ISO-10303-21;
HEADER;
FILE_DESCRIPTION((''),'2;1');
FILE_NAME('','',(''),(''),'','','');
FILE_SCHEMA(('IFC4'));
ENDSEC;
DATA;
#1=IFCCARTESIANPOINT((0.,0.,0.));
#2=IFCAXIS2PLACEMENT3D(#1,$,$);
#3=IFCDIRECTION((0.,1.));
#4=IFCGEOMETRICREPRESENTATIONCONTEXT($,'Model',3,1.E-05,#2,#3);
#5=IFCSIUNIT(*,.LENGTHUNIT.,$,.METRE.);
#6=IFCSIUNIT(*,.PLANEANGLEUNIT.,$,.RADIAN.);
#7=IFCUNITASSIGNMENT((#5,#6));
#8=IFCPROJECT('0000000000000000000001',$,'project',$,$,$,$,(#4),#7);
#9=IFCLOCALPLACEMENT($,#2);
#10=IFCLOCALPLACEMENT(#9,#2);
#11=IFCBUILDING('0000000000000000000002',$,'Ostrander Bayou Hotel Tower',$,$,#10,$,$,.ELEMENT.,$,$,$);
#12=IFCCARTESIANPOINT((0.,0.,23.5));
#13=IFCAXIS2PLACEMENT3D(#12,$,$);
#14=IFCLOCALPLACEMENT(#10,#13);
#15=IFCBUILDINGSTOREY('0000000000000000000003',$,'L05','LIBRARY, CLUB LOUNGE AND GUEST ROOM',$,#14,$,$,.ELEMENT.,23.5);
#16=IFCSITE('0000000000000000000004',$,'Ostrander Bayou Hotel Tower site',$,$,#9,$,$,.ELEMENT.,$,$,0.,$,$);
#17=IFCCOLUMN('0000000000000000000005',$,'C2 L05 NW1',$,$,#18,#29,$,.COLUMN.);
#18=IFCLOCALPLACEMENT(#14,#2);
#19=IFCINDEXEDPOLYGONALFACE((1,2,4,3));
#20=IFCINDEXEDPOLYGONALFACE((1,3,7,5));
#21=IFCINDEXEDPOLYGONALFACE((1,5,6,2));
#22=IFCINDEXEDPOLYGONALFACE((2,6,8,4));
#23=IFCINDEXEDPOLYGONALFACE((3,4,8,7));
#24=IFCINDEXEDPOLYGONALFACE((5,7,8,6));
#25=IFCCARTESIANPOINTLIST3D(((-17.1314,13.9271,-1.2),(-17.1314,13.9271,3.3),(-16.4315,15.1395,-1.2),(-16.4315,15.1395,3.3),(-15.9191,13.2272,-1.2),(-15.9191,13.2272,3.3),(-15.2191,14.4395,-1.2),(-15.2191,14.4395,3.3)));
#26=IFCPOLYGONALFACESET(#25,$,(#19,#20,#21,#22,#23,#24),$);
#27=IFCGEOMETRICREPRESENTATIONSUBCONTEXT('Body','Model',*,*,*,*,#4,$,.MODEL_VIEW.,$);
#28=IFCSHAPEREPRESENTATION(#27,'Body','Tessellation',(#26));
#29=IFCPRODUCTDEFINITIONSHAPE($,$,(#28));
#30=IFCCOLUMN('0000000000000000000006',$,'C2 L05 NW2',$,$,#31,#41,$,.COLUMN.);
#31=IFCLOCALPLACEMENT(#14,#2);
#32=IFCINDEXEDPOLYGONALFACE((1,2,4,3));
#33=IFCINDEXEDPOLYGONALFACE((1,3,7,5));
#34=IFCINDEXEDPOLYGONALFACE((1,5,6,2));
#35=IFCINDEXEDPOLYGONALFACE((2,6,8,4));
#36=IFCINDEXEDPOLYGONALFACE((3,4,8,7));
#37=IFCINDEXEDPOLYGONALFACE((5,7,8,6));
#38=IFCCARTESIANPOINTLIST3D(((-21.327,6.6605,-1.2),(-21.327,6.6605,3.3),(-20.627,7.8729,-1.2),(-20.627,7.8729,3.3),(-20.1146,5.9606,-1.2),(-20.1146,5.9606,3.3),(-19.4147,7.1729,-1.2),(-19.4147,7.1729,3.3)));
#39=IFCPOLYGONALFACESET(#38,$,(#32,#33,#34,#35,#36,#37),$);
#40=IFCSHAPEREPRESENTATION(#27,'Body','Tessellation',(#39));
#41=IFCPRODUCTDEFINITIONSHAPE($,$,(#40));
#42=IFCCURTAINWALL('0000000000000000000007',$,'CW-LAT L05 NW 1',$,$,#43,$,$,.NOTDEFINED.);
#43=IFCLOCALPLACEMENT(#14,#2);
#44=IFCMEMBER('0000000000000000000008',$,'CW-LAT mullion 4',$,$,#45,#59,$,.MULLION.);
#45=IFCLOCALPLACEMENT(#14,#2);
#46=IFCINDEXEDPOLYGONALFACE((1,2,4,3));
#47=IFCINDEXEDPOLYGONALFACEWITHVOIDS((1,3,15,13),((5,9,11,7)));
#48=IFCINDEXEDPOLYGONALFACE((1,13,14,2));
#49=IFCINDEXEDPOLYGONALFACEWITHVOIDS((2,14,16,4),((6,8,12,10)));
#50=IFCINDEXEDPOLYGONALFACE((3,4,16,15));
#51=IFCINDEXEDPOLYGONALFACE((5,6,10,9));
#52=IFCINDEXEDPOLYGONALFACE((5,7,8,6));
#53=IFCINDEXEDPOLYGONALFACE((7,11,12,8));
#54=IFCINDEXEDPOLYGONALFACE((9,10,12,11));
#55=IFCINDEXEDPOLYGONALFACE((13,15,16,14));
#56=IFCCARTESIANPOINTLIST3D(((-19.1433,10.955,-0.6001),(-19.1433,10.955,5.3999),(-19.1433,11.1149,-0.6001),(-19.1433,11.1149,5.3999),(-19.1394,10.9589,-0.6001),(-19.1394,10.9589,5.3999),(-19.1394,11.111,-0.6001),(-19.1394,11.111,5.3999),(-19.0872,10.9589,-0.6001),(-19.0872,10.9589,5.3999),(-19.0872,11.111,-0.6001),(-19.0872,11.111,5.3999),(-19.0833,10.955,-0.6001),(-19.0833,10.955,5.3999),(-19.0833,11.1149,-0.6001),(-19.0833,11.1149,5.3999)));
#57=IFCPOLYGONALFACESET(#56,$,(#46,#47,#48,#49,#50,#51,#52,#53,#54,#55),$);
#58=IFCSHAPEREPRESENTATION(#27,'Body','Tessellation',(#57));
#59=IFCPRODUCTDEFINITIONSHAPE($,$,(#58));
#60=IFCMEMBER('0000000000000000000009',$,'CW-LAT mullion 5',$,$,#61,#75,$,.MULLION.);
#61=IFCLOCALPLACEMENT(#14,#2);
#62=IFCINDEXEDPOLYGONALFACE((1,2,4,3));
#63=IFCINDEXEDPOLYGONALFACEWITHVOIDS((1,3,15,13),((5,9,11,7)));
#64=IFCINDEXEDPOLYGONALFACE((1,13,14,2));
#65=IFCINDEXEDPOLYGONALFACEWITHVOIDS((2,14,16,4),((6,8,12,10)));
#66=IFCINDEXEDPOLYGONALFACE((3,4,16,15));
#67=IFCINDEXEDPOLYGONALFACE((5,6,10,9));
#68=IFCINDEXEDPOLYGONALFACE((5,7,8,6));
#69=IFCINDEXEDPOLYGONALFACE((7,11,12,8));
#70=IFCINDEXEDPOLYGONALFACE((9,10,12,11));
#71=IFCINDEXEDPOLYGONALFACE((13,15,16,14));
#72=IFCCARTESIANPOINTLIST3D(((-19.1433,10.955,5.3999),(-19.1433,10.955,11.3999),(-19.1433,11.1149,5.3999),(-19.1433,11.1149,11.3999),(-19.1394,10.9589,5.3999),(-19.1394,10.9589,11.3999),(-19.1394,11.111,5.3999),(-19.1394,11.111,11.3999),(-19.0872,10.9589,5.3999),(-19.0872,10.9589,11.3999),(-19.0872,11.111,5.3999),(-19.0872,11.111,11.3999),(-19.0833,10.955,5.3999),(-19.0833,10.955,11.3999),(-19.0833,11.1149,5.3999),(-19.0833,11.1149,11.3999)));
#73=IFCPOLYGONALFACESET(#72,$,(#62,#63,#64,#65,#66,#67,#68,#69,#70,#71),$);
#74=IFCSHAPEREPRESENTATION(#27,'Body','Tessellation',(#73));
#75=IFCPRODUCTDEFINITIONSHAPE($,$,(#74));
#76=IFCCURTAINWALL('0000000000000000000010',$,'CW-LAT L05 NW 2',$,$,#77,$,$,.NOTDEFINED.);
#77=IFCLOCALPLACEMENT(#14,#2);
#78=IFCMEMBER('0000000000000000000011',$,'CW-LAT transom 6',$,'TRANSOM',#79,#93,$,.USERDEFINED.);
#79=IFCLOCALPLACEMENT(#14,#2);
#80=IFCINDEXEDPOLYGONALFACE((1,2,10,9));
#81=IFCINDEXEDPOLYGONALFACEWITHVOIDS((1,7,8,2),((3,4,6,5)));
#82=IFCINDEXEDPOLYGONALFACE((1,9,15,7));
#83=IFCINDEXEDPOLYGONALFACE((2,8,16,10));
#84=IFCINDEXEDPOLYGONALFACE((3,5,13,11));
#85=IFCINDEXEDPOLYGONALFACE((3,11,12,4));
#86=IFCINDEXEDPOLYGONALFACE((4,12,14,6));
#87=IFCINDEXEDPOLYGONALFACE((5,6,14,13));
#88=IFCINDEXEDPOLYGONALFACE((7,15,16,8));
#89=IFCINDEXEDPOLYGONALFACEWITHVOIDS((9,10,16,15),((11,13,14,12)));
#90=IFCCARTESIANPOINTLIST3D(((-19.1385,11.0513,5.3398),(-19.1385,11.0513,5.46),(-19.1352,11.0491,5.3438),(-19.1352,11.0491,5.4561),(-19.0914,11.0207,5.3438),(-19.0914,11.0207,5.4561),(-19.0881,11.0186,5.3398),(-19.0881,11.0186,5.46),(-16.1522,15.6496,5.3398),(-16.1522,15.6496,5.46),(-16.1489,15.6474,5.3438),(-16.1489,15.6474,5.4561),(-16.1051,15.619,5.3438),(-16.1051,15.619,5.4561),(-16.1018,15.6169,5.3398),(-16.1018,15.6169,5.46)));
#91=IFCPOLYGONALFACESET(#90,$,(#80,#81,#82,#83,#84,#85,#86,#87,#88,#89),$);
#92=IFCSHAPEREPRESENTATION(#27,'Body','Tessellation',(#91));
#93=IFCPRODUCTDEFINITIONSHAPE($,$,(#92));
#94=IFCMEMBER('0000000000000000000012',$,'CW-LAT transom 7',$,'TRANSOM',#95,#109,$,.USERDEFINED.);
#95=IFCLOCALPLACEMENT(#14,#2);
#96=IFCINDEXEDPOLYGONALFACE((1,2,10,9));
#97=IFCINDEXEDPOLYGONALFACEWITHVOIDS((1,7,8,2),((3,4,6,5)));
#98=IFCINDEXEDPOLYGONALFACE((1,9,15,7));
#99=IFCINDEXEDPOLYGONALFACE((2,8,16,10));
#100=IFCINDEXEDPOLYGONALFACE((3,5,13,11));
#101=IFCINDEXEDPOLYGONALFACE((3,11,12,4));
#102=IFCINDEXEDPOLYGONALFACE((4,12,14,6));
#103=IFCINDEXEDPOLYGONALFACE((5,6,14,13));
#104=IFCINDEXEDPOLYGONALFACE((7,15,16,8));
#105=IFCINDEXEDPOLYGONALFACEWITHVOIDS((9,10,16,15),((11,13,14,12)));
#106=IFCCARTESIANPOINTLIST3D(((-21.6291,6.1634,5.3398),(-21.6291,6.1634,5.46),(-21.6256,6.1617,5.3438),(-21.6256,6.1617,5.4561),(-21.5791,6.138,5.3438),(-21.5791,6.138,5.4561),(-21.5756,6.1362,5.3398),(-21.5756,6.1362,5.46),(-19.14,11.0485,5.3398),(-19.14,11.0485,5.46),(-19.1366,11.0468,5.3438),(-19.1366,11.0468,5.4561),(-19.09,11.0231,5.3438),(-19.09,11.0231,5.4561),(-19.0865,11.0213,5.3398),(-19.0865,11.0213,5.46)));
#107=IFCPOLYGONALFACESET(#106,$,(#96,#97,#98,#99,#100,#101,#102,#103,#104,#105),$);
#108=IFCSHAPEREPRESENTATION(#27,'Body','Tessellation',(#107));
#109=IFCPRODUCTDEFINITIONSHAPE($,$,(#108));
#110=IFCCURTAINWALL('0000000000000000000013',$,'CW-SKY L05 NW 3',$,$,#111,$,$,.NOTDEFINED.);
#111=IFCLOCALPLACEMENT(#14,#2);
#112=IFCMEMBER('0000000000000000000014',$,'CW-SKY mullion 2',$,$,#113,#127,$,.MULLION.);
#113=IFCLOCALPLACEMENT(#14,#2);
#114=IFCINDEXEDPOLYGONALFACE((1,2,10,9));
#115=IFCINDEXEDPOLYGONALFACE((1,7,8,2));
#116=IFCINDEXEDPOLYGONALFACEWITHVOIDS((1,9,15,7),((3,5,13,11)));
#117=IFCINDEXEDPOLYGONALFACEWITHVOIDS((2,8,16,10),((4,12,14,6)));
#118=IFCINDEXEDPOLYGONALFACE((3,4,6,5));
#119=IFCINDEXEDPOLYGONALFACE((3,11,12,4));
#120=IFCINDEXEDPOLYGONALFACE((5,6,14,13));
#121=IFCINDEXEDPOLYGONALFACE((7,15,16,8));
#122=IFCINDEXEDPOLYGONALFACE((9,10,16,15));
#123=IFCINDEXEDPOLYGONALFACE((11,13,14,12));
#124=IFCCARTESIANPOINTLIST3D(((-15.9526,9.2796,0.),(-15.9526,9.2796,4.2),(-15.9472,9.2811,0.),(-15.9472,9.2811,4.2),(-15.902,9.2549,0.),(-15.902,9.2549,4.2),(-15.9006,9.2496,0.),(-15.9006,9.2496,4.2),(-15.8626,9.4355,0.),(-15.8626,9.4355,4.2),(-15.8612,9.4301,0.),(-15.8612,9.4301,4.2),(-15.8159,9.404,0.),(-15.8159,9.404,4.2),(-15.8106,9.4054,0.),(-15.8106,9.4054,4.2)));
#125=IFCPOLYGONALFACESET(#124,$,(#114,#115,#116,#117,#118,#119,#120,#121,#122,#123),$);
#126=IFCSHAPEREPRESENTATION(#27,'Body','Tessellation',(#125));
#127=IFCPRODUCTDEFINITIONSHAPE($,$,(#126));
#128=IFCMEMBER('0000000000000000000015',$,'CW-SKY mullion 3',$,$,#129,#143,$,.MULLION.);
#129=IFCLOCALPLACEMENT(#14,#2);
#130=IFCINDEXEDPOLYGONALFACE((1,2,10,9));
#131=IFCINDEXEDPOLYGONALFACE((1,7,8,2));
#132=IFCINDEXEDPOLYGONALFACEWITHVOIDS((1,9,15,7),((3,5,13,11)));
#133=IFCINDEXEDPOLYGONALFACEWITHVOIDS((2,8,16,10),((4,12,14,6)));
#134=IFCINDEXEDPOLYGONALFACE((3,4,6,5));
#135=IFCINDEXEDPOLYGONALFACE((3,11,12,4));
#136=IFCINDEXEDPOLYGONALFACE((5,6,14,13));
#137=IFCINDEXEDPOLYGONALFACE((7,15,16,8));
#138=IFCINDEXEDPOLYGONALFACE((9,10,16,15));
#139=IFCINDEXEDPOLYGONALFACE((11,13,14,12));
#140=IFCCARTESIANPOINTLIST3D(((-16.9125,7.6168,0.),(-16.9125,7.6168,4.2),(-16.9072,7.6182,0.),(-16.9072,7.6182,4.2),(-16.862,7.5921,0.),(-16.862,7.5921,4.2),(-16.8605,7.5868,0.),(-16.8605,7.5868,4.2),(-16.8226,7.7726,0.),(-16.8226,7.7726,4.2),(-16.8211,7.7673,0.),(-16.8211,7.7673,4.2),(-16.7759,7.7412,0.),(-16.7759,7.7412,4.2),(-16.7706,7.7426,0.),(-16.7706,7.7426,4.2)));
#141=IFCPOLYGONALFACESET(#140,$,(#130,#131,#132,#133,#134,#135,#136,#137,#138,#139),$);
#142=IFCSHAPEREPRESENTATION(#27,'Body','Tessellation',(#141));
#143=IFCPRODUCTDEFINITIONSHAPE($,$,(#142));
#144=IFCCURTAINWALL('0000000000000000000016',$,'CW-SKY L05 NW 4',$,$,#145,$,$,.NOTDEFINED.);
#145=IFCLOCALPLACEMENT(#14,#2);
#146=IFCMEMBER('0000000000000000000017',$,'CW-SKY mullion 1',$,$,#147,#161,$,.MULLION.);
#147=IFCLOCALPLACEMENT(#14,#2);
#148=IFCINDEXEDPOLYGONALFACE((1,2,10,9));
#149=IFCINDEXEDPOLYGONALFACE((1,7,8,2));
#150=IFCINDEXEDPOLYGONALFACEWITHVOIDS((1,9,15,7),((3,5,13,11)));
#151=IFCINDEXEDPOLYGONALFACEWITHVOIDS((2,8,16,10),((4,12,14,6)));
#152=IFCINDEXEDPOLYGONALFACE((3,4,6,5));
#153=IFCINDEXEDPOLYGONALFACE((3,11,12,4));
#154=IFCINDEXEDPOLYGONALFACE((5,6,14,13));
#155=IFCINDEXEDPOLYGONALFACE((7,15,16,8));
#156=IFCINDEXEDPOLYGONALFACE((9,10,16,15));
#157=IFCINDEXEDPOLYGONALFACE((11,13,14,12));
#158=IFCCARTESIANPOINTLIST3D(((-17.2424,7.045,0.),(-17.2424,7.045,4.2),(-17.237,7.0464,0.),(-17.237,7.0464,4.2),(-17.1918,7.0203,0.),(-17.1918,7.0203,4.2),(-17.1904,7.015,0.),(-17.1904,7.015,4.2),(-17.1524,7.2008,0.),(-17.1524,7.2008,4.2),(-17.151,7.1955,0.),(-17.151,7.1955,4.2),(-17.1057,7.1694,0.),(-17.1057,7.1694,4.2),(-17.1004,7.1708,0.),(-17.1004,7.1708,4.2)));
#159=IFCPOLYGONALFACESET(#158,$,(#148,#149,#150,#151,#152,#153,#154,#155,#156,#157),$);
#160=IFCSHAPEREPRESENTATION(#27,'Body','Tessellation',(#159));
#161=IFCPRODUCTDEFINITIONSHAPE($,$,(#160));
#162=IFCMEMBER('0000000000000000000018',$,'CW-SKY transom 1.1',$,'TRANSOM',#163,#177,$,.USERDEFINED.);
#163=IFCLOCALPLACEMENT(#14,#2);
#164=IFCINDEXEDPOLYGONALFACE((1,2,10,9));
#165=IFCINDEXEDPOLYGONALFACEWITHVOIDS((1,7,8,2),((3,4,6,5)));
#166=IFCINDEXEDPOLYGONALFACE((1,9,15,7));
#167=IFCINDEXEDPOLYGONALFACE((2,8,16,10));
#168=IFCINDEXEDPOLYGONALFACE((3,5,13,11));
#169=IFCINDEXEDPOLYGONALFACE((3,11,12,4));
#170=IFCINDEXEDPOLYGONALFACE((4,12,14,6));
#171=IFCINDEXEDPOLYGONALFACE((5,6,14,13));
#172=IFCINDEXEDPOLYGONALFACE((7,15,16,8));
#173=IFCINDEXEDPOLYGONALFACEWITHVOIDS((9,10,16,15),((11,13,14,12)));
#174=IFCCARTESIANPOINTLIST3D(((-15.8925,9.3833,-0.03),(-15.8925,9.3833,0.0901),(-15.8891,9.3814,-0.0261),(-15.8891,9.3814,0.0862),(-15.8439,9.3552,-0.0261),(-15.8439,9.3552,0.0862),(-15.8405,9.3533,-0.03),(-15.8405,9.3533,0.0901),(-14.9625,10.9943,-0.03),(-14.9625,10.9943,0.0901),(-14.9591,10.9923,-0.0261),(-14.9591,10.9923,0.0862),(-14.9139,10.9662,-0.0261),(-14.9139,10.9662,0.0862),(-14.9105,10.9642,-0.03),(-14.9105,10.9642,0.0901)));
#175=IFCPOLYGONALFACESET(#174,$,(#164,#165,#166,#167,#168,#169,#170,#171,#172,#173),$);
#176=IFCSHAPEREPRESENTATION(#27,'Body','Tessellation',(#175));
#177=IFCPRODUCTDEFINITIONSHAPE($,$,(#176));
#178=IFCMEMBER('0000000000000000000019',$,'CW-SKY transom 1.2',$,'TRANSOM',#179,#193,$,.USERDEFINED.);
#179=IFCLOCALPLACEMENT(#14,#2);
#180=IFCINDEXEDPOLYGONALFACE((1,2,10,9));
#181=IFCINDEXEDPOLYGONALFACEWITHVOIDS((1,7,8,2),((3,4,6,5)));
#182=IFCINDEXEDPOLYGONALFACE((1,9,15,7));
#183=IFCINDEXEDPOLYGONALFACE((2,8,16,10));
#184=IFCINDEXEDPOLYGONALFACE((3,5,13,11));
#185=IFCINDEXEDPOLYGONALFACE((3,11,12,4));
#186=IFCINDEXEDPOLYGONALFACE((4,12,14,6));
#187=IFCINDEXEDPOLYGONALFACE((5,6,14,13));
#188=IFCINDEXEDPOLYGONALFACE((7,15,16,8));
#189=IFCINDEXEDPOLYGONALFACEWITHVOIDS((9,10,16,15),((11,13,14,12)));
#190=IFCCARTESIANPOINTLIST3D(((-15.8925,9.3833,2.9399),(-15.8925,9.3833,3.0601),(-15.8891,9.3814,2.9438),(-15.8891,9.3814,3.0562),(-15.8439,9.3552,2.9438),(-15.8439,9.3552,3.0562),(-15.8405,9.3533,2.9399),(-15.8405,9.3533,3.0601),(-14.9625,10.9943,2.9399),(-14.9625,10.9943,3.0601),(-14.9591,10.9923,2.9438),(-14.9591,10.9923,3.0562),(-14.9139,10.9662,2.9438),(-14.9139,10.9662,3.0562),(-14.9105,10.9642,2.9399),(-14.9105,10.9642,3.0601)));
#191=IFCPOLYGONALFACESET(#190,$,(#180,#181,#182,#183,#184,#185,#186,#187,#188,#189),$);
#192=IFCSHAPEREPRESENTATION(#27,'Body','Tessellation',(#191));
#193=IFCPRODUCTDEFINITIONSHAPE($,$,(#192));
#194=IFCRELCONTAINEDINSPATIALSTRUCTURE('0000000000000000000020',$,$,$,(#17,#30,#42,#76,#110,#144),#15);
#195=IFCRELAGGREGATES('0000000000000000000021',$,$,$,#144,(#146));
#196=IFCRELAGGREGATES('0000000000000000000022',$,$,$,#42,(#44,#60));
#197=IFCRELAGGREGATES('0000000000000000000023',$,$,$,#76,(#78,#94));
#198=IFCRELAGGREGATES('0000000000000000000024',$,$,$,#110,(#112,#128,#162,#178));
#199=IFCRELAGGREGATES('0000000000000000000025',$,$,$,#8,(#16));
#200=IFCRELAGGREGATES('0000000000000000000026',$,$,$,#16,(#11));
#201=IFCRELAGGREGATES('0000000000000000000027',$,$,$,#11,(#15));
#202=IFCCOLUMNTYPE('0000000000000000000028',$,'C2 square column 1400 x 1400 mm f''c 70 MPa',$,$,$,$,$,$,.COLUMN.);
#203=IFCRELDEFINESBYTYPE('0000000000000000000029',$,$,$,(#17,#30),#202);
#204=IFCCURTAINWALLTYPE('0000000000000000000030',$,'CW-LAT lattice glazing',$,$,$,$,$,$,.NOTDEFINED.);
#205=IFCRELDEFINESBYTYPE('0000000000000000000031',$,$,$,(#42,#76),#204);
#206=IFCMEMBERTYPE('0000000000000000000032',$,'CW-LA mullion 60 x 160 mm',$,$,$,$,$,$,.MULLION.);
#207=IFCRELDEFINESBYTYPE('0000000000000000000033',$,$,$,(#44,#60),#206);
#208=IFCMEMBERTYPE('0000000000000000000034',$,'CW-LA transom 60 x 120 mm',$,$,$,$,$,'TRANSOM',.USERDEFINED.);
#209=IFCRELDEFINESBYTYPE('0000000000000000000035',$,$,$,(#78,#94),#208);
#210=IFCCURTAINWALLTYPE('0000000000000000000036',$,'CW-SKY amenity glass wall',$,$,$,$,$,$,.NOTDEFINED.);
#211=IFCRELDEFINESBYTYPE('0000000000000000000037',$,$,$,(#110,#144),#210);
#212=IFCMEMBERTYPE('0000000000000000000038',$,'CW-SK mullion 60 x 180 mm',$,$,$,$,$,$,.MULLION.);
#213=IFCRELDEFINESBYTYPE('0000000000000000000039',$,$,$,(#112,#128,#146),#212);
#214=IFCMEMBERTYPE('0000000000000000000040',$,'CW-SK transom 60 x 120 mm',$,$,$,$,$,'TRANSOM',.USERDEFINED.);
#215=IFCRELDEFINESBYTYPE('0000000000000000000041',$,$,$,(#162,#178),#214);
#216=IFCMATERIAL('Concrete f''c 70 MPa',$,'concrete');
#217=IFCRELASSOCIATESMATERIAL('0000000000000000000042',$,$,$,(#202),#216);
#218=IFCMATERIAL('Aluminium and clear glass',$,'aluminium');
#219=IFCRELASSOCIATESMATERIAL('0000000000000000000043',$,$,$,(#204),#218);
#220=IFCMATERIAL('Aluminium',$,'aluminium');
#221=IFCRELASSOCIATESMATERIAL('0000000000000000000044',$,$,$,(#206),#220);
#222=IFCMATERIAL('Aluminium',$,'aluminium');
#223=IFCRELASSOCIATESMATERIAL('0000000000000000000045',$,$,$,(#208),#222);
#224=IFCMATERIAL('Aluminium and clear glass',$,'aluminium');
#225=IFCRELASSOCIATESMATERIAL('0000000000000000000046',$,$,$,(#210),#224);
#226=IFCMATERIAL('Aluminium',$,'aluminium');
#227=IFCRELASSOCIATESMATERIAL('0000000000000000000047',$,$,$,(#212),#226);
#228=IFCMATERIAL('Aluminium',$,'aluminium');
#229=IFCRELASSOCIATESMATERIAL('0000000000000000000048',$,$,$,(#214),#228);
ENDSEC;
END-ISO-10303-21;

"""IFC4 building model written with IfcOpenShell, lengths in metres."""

from ifc_helpers import new_model, si_unit, direction, frame, origin, origin_2d, place, context, subcontext, project, spatial, rectangle, hollow_rectangle, extrude, material, material_profile, profile_set, type_object, element, aggregate, save


model = new_model("IFC4")

# Units and contexts
model_context = context("Model", 3, precision=1e-05, world=origin(), true_north=direction((0.0, 1.0)))
body_context = subcontext(model_context, "Body", "Model", "MODEL_VIEW")
ifc_project = project(units=[si_unit("LENGTHUNIT", "METRE"), si_unit("PLANEANGLEUNIT", "RADIAN")], contexts=[model_context])

# Site, building, storey
site_placement = place(None, origin())
site = spatial("IfcSite", under=ifc_project, at=site_placement, Name="Ostrander Bayou Hotel Tower site", CompositionType="ELEMENT", RefElevation=0.0)
building_placement = place(site_placement, origin())
building = spatial("IfcBuilding", under=site, at=building_placement, Name="Ostrander Bayou Hotel Tower", CompositionType="ELEMENT")
storey_placement = place(building_placement, frame((0.0, 0.0, 23.5)))
storey = spatial("IfcBuildingStorey", under=building, at=storey_placement, Name="L05", Description="LIBRARY, CLUB LOUNGE AND GUEST ROOM", CompositionType="ELEMENT", Elevation=23.5)

# Columns
ifc_material_1 = material(Name="Concrete f'c 70 MPa", Category="concrete")
ifc_material_profile_1 = material_profile(ifc_material_1, rectangle(XDim=1.3999, YDim=1.3999, at=origin_2d()))
ifc_profile_set_1 = profile_set([ifc_material_profile_1], Name="Concrete f'c 70 MPa")
column_type = type_object("IfcColumnType", Name="C2 square column 1400 x 1400 mm f'c 70 MPa", PredefinedType="COLUMN", material=ifc_profile_set_1)
for number, where, z_axis, x_axis, name in (
    (1, (-16.1753, 14.1833, -1.2), (0.0, 0.0, 1.0), (0.5, 0.866025, 0.0), "C2 L05 NW1"),
    (2, (-20.3708, 6.9167, -1.2), (0.0, 0.0, 1.0), (0.5, 0.866025, 0.0), "C2 L05 NW2"),
):
    element("IfcColumn", number, at=place(storey_placement, frame(where, z_axis=z_axis, x_axis=x_axis)), inside=storey, type_object=column_type, Name=name, PredefinedType="COLUMN", context=body_context, shape_type="SweptSolid", body=[
        extrude(rectangle(XDim=1.3999, YDim=1.3999, at=origin_2d()), origin(), (0.0, 0.0, 1.0), 4.5),
    ])

# Curtain walls, members
ifc_material_2 = material(Name="Aluminium and clear glass", Category="aluminium")
curtain_wall_type_1 = type_object("IfcCurtainWallType", Name="CW-LAT lattice glazing", PredefinedType="NOTDEFINED", material=ifc_material_2)
curtain_wall_1_placement = place(storey_placement, origin())
curtain_wall_1 = element("IfcCurtainWall", 3, at=curtain_wall_1_placement, inside=storey, type_object=curtain_wall_type_1, Name="CW-LAT L05 NW 1", PredefinedType="NOTDEFINED")
ifc_material_3 = material(Name="Aluminium", Category="aluminium")
ifc_material_profile_2 = material_profile(ifc_material_3, hollow_rectangle(XDim=0.0601, YDim=0.1599, WallThickness=0.0039, at=origin_2d()))
ifc_profile_set_2 = profile_set([ifc_material_profile_2], Name="Aluminium")
member_type_1 = type_object("IfcMemberType", Name="CW-LA mullion 60 x 160 mm", PredefinedType="MULLION", material=ifc_profile_set_2)
member_1_placement = place(storey_placement, frame((-19.1133, 11.0349, -0.6001), z_axis=(0.0, 0.0, 1.0), x_axis=(1.0, 0.0, 0.0)))
member_1 = element("IfcMember", 4, at=member_1_placement, type_object=member_type_1, Name="CW-LAT mullion 4", PredefinedType="MULLION", context=body_context, shape_type="SweptSolid", body=[
    extrude(hollow_rectangle(XDim=0.0601, YDim=0.1599, WallThickness=0.0039, at=origin_2d()), origin(), (0.0, 0.0, 1.0), 6.0),
])
member_2_placement = place(storey_placement, frame((-19.1133, 11.0349, 5.3999), z_axis=(0.0, 0.0, 1.0), x_axis=(1.0, 0.0, 0.0)))
member_2 = element("IfcMember", 5, at=member_2_placement, type_object=member_type_1, Name="CW-LAT mullion 5", PredefinedType="MULLION", context=body_context, shape_type="SweptSolid", body=[
    extrude(hollow_rectangle(XDim=0.0601, YDim=0.1599, WallThickness=0.0039, at=origin_2d()), origin(), (0.0, 0.0, 1.0), 6.0),
])
curtain_wall_2_placement = place(storey_placement, origin())
curtain_wall_2 = element("IfcCurtainWall", 6, at=curtain_wall_2_placement, inside=storey, type_object=curtain_wall_type_1, Name="CW-LAT L05 NW 2", PredefinedType="NOTDEFINED")
ifc_material_4 = material(Name="Aluminium", Category="aluminium")
ifc_material_profile_3 = material_profile(ifc_material_4, hollow_rectangle(XDim=0.0601, YDim=0.1201, WallThickness=0.0039, at=origin_2d()))
ifc_profile_set_3 = profile_set([ifc_material_profile_3], Name="Aluminium")
member_type_2 = type_object("IfcMemberType", Name="CW-LA transom 60 x 120 mm", ElementType="TRANSOM", PredefinedType="USERDEFINED", material=ifc_profile_set_3)
member_3_placement = place(storey_placement, frame((-19.1133, 11.0349, 5.3999), z_axis=(0.544652, 0.838662, 0.0), x_axis=(-0.838662, 0.544652, 0.0)))
member_3 = element("IfcMember", 7, at=member_3_placement, type_object=member_type_2, Name="CW-LAT transom 6", ObjectType="TRANSOM", PredefinedType="USERDEFINED", context=body_context, shape_type="SweptSolid", body=[
    extrude(hollow_rectangle(XDim=0.0601, YDim=0.1201, WallThickness=0.0039, at=origin_2d()), origin(), (0.0, 0.0, 1.0), 5.4829),
])
member_4_placement = place(storey_placement, frame((-19.1133, 11.0349, 5.3999), z_axis=(-0.453987, -0.891008, 0.0), x_axis=(0.891008, -0.453987, 0.0)))
member_4 = element("IfcMember", 8, at=member_4_placement, type_object=member_type_2, Name="CW-LAT transom 7", ObjectType="TRANSOM", PredefinedType="USERDEFINED", context=body_context, shape_type="SweptSolid", body=[
    extrude(hollow_rectangle(XDim=0.0601, YDim=0.1201, WallThickness=0.0039, at=origin_2d()), origin(), (0.0, 0.0, 1.0), 5.4827),
])
ifc_material_5 = material(Name="Aluminium and clear glass", Category="aluminium")
curtain_wall_type_2 = type_object("IfcCurtainWallType", Name="CW-SKY amenity glass wall", PredefinedType="NOTDEFINED", material=ifc_material_5)
curtain_wall_3_placement = place(storey_placement, origin())
curtain_wall_3 = element("IfcCurtainWall", 9, at=curtain_wall_3_placement, inside=storey, type_object=curtain_wall_type_2, Name="CW-SKY L05 NW 3", PredefinedType="NOTDEFINED")
ifc_material_6 = material(Name="Aluminium", Category="aluminium")
ifc_material_profile_4 = material_profile(ifc_material_6, hollow_rectangle(XDim=0.0601, YDim=0.1799, WallThickness=0.0039, at=origin_2d()))
ifc_profile_set_4 = profile_set([ifc_material_profile_4], Name="Aluminium")
member_type_3 = type_object("IfcMemberType", Name="CW-SK mullion 60 x 180 mm", PredefinedType="MULLION", material=ifc_profile_set_4)
member_5_placement = place(storey_placement, frame((-15.8816, 9.3425, 0.0), z_axis=(0.0, 0.0, 1.0), x_axis=(0.866025, -0.5, 0.0)))
member_5 = element("IfcMember", 10, at=member_5_placement, type_object=member_type_3, Name="CW-SKY mullion 2", PredefinedType="MULLION", context=body_context, shape_type="SweptSolid", body=[
    extrude(hollow_rectangle(XDim=0.0601, YDim=0.1799, WallThickness=0.0039, at=origin_2d()), origin(), (0.0, 0.0, 1.0), 4.2),
])
member_6_placement = place(storey_placement, frame((-16.8416, 7.6797, 0.0), z_axis=(0.0, 0.0, 1.0), x_axis=(0.866025, -0.5, 0.0)))
member_6 = element("IfcMember", 11, at=member_6_placement, type_object=member_type_3, Name="CW-SKY mullion 3", PredefinedType="MULLION", context=body_context, shape_type="SweptSolid", body=[
    extrude(hollow_rectangle(XDim=0.0601, YDim=0.1799, WallThickness=0.0039, at=origin_2d()), origin(), (0.0, 0.0, 1.0), 4.2),
])

# Curtain wall, member
curtain_wall_4_placement = place(storey_placement, origin())
curtain_wall_4 = element("IfcCurtainWall", 12, at=curtain_wall_4_placement, inside=storey, type_object=curtain_wall_type_2, Name="CW-SKY L05 NW 4", PredefinedType="NOTDEFINED")
member_7_placement = place(storey_placement, frame((-17.1714, 7.1079, 0.0), z_axis=(0.0, 0.0, 1.0), x_axis=(0.866026, -0.499999, 0.0)))
member_7 = element("IfcMember", 13, at=member_7_placement, type_object=member_type_3, Name="CW-SKY mullion 1", PredefinedType="MULLION", context=body_context, shape_type="SweptSolid", body=[
    extrude(hollow_rectangle(XDim=0.0601, YDim=0.1799, WallThickness=0.0039, at=origin_2d()), origin(), (0.0, 0.0, 1.0), 4.2),
])

# Members
ifc_material_7 = material(Name="Aluminium", Category="aluminium")
ifc_material_profile_5 = material_profile(ifc_material_7, hollow_rectangle(XDim=0.0601, YDim=0.1201, WallThickness=0.0039, at=origin_2d()))
ifc_profile_set_5 = profile_set([ifc_material_profile_5], Name="Aluminium")
member_type_4 = type_object("IfcMemberType", Name="CW-SK transom 60 x 120 mm", ElementType="TRANSOM", PredefinedType="USERDEFINED", material=ifc_profile_set_5)
member_8_placement = place(storey_placement, frame((-14.9365, 10.9792, 0.03), z_axis=(-0.499965, -0.866046, 0.0), x_axis=(0.866046, -0.499965, 0.0)))
member_8 = element("IfcMember", 14, at=member_8_placement, type_object=member_type_4, Name="CW-SKY transom 1.1", ObjectType="TRANSOM", PredefinedType="USERDEFINED", context=body_context, shape_type="SweptSolid", body=[
    extrude(hollow_rectangle(XDim=0.0601, YDim=0.1201, WallThickness=0.0039, at=origin_2d()), origin(), (0.0, 0.0, 1.0), 1.8601),
])
member_9_placement = place(storey_placement, frame((-14.9365, 10.9792, 3.0), z_axis=(-0.499965, -0.866046, 0.0), x_axis=(0.866046, -0.499965, 0.0)))
member_9 = element("IfcMember", 15, at=member_9_placement, type_object=member_type_4, Name="CW-SKY transom 1.2", ObjectType="TRANSOM", PredefinedType="USERDEFINED", context=body_context, shape_type="SweptSolid", body=[
    extrude(hollow_rectangle(XDim=0.0601, YDim=0.1201, WallThickness=0.0039, at=origin_2d()), origin(), (0.0, 0.0, 1.0), 1.8601),
])
aggregate(curtain_wall_4, [member_7])

aggregate(curtain_wall_1, [member_1, member_2])
aggregate(curtain_wall_2, [member_3, member_4])
aggregate(curtain_wall_3, [member_5, member_6, member_8, member_9])

save(model, "model.ifc")
